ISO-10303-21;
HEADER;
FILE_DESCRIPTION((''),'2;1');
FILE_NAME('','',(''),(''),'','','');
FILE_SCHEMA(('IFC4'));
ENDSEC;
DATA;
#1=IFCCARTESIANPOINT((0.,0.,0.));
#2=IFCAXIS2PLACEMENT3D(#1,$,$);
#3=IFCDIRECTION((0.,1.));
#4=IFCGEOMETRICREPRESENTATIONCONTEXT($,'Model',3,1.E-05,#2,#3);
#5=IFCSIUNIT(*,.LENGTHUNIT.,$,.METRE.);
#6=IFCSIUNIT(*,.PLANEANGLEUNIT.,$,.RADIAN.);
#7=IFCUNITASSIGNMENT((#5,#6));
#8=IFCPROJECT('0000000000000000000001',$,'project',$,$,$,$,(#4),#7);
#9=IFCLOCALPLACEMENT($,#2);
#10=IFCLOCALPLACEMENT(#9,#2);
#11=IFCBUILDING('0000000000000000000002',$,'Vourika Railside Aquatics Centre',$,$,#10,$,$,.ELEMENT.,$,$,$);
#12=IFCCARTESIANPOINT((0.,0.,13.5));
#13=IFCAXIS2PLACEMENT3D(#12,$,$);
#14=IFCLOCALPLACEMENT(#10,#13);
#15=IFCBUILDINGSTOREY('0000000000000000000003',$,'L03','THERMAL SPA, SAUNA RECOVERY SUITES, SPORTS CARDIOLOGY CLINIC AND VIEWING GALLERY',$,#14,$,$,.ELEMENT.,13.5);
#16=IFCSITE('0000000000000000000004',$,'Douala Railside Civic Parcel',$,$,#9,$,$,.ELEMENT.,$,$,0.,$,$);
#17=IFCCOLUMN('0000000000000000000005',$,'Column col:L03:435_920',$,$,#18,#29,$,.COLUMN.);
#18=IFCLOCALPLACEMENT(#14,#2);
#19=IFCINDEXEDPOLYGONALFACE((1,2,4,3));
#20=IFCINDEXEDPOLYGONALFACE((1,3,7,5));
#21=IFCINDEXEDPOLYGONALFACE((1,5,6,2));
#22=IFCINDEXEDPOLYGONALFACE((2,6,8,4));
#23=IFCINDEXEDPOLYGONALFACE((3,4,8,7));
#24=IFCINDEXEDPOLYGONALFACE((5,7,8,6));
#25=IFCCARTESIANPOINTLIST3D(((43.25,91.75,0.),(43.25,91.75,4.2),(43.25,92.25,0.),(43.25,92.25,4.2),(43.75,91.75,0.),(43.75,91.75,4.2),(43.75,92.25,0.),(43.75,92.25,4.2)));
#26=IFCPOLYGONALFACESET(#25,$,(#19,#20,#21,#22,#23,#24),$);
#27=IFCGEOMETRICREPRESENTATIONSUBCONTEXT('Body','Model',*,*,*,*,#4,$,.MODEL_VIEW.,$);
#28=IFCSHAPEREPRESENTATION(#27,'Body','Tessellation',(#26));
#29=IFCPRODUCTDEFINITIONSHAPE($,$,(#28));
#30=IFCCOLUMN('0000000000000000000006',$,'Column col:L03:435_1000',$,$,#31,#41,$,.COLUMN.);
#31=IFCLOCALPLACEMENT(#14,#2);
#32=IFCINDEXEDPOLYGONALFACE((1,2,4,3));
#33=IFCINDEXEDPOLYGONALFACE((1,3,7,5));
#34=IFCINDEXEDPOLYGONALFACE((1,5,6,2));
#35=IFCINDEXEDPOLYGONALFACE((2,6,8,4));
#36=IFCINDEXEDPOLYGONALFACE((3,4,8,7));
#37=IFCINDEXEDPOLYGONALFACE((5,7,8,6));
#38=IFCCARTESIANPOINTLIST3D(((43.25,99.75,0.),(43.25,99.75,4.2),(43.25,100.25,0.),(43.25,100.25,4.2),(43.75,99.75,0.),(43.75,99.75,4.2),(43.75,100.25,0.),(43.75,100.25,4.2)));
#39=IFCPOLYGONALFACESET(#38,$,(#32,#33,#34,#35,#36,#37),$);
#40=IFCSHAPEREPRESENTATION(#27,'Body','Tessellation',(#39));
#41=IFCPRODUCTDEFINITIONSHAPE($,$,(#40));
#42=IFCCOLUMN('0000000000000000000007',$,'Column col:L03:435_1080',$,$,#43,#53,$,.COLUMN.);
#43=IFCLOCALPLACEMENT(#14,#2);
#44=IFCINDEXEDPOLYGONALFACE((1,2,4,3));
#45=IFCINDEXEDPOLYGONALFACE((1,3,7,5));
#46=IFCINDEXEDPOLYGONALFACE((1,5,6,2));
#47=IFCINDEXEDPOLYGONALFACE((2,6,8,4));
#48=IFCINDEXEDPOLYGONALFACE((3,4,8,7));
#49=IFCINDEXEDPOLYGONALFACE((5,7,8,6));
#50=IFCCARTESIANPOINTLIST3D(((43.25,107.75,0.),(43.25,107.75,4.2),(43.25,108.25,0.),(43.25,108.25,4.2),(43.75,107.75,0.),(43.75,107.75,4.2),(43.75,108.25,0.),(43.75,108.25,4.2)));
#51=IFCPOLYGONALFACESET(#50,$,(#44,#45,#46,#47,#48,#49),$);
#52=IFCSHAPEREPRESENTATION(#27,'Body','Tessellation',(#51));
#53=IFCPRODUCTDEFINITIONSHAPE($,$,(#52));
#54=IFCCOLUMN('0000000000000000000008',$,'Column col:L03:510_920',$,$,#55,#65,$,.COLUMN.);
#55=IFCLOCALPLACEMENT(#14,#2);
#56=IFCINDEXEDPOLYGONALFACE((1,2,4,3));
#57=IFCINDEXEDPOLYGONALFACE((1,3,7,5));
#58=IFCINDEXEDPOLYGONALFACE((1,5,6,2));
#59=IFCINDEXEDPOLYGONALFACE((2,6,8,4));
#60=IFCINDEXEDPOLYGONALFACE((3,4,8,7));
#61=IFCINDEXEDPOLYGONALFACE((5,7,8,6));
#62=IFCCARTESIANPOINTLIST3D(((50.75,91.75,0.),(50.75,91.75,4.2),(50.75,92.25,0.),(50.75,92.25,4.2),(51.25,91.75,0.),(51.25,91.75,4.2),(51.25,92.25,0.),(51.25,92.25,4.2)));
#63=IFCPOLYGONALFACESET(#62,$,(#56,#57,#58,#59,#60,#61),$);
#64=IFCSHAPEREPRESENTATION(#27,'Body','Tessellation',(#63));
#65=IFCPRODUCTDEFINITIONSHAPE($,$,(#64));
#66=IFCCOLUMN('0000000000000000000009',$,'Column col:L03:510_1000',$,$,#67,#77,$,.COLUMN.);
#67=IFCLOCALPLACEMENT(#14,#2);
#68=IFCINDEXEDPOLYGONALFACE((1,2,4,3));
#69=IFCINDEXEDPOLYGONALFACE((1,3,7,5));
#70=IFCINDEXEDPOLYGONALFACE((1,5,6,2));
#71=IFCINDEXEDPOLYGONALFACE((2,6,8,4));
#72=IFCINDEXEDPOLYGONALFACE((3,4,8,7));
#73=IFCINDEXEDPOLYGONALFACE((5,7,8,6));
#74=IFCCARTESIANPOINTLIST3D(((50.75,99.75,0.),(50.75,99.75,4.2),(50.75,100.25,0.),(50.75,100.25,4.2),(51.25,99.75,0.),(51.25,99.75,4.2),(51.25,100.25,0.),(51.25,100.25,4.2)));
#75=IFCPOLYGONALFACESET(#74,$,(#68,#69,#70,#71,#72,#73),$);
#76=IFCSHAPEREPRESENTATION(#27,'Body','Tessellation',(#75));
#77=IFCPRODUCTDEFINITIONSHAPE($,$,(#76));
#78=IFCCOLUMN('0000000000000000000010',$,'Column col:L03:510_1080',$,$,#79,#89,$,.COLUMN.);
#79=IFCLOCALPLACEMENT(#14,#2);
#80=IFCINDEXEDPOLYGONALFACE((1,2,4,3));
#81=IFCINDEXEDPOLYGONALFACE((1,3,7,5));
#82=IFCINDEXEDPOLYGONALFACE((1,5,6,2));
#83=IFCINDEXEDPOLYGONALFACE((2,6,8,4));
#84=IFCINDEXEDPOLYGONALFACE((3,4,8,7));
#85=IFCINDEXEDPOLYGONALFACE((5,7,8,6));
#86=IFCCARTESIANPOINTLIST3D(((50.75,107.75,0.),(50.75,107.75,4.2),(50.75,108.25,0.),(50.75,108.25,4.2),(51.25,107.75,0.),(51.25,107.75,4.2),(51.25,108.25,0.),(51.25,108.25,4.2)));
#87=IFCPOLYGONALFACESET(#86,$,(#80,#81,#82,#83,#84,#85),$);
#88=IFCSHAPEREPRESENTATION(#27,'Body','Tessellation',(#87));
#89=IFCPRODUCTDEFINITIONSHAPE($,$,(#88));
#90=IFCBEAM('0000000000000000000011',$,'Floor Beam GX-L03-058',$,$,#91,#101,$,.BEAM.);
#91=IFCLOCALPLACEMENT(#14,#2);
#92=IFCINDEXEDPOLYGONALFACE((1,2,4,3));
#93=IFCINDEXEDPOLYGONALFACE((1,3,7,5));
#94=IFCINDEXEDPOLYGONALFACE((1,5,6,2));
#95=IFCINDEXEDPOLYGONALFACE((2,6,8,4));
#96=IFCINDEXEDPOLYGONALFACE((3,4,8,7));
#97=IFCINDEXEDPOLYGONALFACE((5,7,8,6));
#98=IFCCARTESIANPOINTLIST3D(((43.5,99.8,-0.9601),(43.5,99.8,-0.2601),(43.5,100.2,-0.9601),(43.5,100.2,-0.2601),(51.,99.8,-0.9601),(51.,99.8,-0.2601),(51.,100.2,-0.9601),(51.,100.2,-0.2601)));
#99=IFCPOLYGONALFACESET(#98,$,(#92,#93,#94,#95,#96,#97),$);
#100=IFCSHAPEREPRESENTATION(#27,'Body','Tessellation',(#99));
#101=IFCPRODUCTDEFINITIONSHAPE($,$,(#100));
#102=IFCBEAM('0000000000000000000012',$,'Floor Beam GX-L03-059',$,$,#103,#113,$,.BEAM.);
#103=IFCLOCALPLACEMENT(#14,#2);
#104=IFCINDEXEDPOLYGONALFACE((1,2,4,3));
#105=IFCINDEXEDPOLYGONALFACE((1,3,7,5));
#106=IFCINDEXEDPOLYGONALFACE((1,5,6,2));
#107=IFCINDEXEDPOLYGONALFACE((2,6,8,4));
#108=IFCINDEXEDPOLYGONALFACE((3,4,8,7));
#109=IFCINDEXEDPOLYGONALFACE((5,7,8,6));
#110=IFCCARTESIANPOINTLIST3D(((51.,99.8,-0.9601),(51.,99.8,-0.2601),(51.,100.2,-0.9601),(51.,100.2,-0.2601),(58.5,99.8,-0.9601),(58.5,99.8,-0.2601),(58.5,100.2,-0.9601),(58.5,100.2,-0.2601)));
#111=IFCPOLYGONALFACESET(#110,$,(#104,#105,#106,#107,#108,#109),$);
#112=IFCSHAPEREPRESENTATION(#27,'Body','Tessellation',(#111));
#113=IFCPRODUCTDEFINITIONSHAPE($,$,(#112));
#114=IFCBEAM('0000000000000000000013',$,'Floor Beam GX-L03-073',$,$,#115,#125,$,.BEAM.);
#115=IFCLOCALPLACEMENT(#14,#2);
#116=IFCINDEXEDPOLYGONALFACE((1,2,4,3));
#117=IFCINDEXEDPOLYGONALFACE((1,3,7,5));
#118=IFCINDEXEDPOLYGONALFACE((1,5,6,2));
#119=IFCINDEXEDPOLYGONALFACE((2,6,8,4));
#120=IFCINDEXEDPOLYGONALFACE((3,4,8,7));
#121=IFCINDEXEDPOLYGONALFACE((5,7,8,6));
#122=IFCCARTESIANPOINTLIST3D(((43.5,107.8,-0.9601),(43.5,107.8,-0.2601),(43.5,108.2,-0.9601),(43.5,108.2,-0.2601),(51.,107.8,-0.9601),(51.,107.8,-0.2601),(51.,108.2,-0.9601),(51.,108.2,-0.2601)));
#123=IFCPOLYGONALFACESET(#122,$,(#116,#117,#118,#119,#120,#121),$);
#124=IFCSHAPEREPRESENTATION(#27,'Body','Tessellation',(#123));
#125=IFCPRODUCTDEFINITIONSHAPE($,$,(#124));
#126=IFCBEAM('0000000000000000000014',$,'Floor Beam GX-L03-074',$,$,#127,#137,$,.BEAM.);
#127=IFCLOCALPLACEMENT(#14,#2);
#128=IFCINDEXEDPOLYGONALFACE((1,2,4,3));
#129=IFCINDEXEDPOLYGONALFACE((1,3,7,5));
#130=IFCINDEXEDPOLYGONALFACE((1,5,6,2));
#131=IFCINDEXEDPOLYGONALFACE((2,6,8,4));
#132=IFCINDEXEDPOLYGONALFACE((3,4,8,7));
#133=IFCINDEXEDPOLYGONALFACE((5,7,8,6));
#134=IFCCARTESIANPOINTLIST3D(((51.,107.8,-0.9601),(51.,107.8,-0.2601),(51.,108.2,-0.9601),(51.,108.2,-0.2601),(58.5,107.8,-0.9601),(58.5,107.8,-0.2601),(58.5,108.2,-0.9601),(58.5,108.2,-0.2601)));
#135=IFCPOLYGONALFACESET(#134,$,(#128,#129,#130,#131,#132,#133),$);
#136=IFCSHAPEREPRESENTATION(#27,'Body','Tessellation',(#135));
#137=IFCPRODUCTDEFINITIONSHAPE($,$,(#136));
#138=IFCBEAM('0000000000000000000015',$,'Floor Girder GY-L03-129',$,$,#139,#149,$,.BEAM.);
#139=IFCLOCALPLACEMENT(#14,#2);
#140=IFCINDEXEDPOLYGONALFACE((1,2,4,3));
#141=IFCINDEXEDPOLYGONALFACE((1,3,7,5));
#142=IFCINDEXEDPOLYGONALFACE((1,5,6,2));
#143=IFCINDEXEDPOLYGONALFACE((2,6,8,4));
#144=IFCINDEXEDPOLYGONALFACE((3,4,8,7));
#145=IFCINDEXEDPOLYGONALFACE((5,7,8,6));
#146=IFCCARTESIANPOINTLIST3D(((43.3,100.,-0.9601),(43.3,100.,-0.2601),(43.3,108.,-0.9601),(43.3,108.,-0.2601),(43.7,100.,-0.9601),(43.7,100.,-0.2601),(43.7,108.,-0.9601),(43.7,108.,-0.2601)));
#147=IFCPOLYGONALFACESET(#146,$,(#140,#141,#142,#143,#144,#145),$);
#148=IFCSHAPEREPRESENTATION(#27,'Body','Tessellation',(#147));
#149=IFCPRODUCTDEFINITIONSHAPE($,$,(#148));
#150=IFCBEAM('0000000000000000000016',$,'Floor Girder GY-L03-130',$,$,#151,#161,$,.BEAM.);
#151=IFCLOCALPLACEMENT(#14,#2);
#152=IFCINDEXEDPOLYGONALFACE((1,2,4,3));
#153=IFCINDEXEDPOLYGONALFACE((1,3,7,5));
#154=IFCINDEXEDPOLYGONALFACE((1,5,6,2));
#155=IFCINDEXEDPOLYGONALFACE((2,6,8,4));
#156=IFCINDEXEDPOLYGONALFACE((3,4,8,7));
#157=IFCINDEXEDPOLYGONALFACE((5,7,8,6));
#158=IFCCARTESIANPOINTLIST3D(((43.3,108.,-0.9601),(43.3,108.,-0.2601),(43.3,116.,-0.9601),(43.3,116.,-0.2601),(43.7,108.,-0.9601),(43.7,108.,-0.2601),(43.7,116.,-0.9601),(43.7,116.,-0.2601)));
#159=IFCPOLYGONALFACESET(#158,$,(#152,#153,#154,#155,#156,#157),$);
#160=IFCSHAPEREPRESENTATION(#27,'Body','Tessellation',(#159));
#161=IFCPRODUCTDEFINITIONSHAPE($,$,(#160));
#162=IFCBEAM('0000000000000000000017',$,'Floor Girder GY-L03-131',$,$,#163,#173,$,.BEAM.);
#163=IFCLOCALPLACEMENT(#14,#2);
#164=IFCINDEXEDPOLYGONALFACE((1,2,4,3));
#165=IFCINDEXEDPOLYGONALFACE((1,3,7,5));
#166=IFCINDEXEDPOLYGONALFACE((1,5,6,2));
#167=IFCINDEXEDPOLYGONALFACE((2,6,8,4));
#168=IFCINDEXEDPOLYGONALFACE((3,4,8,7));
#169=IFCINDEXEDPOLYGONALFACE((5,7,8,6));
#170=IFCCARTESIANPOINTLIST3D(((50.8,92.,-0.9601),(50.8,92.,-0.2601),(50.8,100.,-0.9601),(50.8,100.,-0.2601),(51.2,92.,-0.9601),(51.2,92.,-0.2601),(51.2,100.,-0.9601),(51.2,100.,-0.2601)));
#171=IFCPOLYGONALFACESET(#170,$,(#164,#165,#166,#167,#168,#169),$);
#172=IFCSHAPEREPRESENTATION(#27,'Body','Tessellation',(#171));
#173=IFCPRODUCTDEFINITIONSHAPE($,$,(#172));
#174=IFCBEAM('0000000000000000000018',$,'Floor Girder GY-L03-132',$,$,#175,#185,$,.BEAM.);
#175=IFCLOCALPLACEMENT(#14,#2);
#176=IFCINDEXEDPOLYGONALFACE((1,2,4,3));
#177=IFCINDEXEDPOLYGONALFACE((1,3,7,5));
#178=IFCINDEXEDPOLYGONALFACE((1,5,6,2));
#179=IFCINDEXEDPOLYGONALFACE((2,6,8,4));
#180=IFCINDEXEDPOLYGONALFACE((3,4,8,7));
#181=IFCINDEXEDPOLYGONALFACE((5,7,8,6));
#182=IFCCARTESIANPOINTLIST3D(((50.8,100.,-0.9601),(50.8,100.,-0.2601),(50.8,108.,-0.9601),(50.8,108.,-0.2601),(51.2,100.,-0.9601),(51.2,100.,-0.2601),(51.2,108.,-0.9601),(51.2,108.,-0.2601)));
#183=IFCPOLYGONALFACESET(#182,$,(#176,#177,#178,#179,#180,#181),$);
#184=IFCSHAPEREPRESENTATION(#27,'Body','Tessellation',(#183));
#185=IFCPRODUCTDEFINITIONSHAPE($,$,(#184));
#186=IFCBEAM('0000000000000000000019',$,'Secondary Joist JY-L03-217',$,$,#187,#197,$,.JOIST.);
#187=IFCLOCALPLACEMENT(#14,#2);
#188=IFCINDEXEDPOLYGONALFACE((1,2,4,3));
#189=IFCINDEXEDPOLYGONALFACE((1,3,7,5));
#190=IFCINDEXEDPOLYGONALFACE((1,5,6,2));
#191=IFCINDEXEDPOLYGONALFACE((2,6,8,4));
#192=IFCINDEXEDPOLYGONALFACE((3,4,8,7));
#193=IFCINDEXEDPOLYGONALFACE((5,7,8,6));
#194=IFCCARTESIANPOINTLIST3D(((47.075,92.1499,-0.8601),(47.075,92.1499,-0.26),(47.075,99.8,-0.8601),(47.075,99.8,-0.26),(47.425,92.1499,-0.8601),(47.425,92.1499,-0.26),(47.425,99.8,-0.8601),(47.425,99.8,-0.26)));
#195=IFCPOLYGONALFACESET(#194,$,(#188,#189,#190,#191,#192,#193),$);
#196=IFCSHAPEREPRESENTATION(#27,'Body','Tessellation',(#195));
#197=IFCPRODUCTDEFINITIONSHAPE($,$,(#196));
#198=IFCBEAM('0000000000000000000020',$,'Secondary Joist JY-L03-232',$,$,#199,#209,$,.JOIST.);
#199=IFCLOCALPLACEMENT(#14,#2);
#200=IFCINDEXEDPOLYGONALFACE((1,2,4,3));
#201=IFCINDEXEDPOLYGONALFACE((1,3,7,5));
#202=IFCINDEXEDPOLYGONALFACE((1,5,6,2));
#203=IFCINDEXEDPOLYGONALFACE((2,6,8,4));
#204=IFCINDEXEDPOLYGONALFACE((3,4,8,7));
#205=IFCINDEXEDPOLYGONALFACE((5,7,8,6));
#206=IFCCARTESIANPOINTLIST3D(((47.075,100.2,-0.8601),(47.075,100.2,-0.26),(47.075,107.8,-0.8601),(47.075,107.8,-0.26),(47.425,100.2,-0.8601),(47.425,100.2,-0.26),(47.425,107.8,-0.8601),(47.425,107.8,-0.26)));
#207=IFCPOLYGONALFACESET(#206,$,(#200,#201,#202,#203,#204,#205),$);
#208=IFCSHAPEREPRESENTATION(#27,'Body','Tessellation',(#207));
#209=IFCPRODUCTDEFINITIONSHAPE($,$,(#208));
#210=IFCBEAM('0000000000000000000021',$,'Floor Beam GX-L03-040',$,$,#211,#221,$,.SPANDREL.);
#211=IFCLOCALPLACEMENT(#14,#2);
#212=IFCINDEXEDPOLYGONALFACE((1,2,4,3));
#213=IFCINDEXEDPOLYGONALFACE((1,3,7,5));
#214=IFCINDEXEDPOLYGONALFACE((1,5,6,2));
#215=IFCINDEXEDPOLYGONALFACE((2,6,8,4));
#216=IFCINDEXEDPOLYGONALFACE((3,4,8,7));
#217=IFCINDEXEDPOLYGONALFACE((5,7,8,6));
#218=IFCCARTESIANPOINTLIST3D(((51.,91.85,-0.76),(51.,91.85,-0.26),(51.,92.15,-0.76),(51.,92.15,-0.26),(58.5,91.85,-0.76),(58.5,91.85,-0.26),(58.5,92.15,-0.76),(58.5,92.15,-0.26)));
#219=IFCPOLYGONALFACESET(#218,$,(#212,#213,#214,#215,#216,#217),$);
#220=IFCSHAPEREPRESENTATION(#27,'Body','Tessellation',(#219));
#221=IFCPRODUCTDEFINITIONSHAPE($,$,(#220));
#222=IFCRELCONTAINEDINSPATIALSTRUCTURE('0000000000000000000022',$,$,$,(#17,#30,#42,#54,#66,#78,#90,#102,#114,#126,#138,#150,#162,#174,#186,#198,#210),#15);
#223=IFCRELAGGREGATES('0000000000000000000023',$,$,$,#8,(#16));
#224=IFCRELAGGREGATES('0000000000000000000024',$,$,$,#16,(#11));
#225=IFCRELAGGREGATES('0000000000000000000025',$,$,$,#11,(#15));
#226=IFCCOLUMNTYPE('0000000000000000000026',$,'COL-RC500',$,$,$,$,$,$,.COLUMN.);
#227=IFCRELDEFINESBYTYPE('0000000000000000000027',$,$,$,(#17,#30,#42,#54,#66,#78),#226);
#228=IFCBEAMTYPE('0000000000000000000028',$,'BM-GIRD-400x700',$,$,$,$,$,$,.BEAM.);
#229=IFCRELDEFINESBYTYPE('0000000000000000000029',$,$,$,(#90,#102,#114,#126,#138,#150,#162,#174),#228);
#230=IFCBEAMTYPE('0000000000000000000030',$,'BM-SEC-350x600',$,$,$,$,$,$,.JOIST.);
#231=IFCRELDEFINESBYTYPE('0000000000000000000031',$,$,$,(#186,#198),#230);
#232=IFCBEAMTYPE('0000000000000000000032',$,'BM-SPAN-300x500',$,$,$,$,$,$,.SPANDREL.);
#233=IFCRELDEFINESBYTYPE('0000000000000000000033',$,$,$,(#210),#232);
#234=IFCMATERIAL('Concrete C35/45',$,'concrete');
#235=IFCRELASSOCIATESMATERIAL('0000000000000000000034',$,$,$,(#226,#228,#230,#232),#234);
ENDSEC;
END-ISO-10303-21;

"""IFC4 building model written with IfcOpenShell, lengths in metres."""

from ifc_helpers import new_model, si_unit, direction, frame, origin, origin_2d, place, context, subcontext, project, spatial, rectangle, extrude, material, material_profile, profile_set, type_object, element, save


model = new_model("IFC4")

# Units and contexts
model_context = context("Model", 3, precision=1e-05, world=origin(), true_north=direction((0.0, 1.0)))
body_context = subcontext(model_context, "Body", "Model", "MODEL_VIEW")
ifc_project = project(units=[si_unit("LENGTHUNIT", "METRE"), si_unit("PLANEANGLEUNIT", "RADIAN")], contexts=[model_context])

# Site, building, storey
site_placement = place(None, origin())
site = spatial("IfcSite", under=ifc_project, at=site_placement, Name="Douala Railside Civic Parcel", CompositionType="ELEMENT", RefElevation=0.0)
building_placement = place(site_placement, origin())
building = spatial("IfcBuilding", under=site, at=building_placement, Name="Vourika Railside Aquatics Centre", CompositionType="ELEMENT")
storey_placement = place(building_placement, frame((0.0, 0.0, 13.5)))
storey = spatial("IfcBuildingStorey", under=building, at=storey_placement, Name="L03", Description="THERMAL SPA, SAUNA RECOVERY SUITES, SPORTS CARDIOLOGY CLINIC AND VIEWING GALLERY", CompositionType="ELEMENT", Elevation=13.5)

# Columns
ifc_material_1 = material(Name="Concrete C35/45", Category="concrete")
ifc_material_profile_1 = material_profile(ifc_material_1, rectangle(XDim=0.5, YDim=0.5, at=origin_2d()), Name="RC 500x500")
ifc_profile_set_1 = profile_set([ifc_material_profile_1], Name="Concrete C35/45")
column_type = type_object("IfcColumnType", Name="COL-RC500", PredefinedType="COLUMN", material=ifc_profile_set_1)
for number, where, z_axis, x_axis, name in (
    (1, (43.5, 92.0, 0.0), (0.0, 0.0, 1.0), (1.0, 0.0, 0.0), "Column col:L03:435_920"),
    (2, (43.5, 100.0, 0.0), (0.0, 0.0, 1.0), (1.0, 0.0, 0.0), "Column col:L03:435_1000"),
    (3, (43.5, 108.0, 0.0), (0.0, 0.0, 1.0), (1.0, 0.0, 0.0), "Column col:L03:435_1080"),
    (4, (51.0, 92.0, 0.0), (0.0, 0.0, 1.0), (1.0, 0.0, 0.0), "Column col:L03:510_920"),
    (5, (51.0, 100.0, 0.0), (0.0, 0.0, 1.0), (1.0, 0.0, 0.0), "Column col:L03:510_1000"),
    (6, (51.0, 108.0, 0.0), (0.0, 0.0, 1.0), (1.0, 0.0, 0.0), "Column col:L03:510_1080"),
):
    element("IfcColumn", number, at=place(storey_placement, frame(where, z_axis=z_axis, x_axis=x_axis)), inside=storey, type_object=column_type, Name=name, PredefinedType="COLUMN", context=body_context, shape_type="SweptSolid", body=[
        extrude(rectangle(XDim=0.5, YDim=0.5, at=origin_2d()), origin(), (0.0, 0.0, 1.0), 4.2),
    ])

# Beams
ifc_material_profile_2 = material_profile(ifc_material_1, rectangle(XDim=0.3999, YDim=0.7, at=origin_2d()), Name="RC 400x700")
ifc_profile_set_2 = profile_set([ifc_material_profile_2], Name="Concrete C35/45")
beam_type_1 = type_object("IfcBeamType", Name="BM-GIRD-400x700", PredefinedType="BEAM", material=ifc_profile_set_2)
for number, where, z_axis, x_axis, name in (
    (7, (43.5, 100.0, -0.6101), (1.0, 0.0, 0.0), (0.0, 1.0, 0.0), "Floor Beam GX-L03-058"),
    (8, (51.0, 100.0, -0.6101), (1.0, 0.0, 0.0), (0.0, 1.0, 0.0), "Floor Beam GX-L03-059"),
    (9, (43.5, 108.0, -0.6101), (1.0, 0.0, 0.0), (0.0, 1.0, 0.0), "Floor Beam GX-L03-073"),
    (10, (51.0, 108.0, -0.6101), (1.0, 0.0, 0.0), (0.0, 1.0, 0.0), "Floor Beam GX-L03-074"),
):
    element("IfcBeam", number, at=place(storey_placement, frame(where, z_axis=z_axis, x_axis=x_axis)), inside=storey, type_object=beam_type_1, Name=name, PredefinedType="BEAM", context=body_context, shape_type="SweptSolid", body=[
        extrude(rectangle(XDim=0.3999, YDim=0.7, at=origin_2d()), origin(), (0.0, 0.0, 1.0), 7.5),
    ])
for number, where, z_axis, x_axis, name in (
    (11, (43.5, 100.0, -0.6101), (0.0, 1.0, 0.0), (-1.0, 0.0, 0.0), "Floor Girder GY-L03-129"),
    (12, (43.5, 108.0, -0.6101), (0.0, 1.0, 0.0), (-1.0, 0.0, 0.0), "Floor Girder GY-L03-130"),
    (13, (51.0, 92.0, -0.6101), (0.0, 1.0, 0.0), (-1.0, 0.0, 0.0), "Floor Girder GY-L03-131"),
    (14, (51.0, 100.0, -0.6101), (0.0, 1.0, 0.0), (-1.0, 0.0, 0.0), "Floor Girder GY-L03-132"),
):
    element("IfcBeam", number, at=place(storey_placement, frame(where, z_axis=z_axis, x_axis=x_axis)), inside=storey, type_object=beam_type_1, Name=name, PredefinedType="BEAM", context=body_context, shape_type="SweptSolid", body=[
        extrude(rectangle(XDim=0.3999, YDim=0.7, at=origin_2d()), origin(), (0.0, 0.0, 1.0), 8.0),
    ])
ifc_material_profile_3 = material_profile(ifc_material_1, rectangle(XDim=0.3501, YDim=0.6001, at=origin_2d()), Name="RC 350x600")
ifc_profile_set_3 = profile_set([ifc_material_profile_3], Name="Concrete C35/45")
beam_type_2 = type_object("IfcBeamType", Name="BM-SEC-350x600", PredefinedType="JOIST", material=ifc_profile_set_3)
beam_1_placement = place(storey_placement, frame((47.25, 92.1499, -0.5601), z_axis=(0.0, 1.0, 0.0), x_axis=(-1.0, 0.0, 0.0)))
element("IfcBeam", 15, at=beam_1_placement, inside=storey, type_object=beam_type_2, Name="Secondary Joist JY-L03-217", PredefinedType="JOIST", context=body_context, shape_type="SweptSolid", body=[
    extrude(rectangle(XDim=0.3501, YDim=0.6001, at=origin_2d()), origin(), (0.0, 0.0, 1.0), 7.6501),
])
beam_2_placement = place(storey_placement, frame((47.25, 100.2, -0.5601), z_axis=(0.0, 1.0, 0.0), x_axis=(-1.0, 0.0, 0.0)))
element("IfcBeam", 16, at=beam_2_placement, inside=storey, type_object=beam_type_2, Name="Secondary Joist JY-L03-232", PredefinedType="JOIST", context=body_context, shape_type="SweptSolid", body=[
    extrude(rectangle(XDim=0.3501, YDim=0.6001, at=origin_2d()), origin(), (0.0, 0.0, 1.0), 7.6001),
])
ifc_material_profile_4 = material_profile(ifc_material_1, rectangle(XDim=0.3, YDim=0.5, at=origin_2d()), Name="RC 300x500")
ifc_profile_set_4 = profile_set([ifc_material_profile_4], Name="Concrete C35/45")
beam_type_3 = type_object("IfcBeamType", Name="BM-SPAN-300x500", PredefinedType="SPANDREL", material=ifc_profile_set_4)
beam_3_placement = place(storey_placement, frame((51.0, 92.0, -0.51), z_axis=(1.0, 0.0, 0.0), x_axis=(0.0, 1.0, 0.0)))
element("IfcBeam", 17, at=beam_3_placement, inside=storey, type_object=beam_type_3, Name="Floor Beam GX-L03-040", PredefinedType="SPANDREL", context=body_context, shape_type="SweptSolid", body=[
    extrude(rectangle(XDim=0.3, YDim=0.5, at=origin_2d()), origin(), (0.0, 0.0, 1.0), 7.5),
])

save(model, "model.ifc")
